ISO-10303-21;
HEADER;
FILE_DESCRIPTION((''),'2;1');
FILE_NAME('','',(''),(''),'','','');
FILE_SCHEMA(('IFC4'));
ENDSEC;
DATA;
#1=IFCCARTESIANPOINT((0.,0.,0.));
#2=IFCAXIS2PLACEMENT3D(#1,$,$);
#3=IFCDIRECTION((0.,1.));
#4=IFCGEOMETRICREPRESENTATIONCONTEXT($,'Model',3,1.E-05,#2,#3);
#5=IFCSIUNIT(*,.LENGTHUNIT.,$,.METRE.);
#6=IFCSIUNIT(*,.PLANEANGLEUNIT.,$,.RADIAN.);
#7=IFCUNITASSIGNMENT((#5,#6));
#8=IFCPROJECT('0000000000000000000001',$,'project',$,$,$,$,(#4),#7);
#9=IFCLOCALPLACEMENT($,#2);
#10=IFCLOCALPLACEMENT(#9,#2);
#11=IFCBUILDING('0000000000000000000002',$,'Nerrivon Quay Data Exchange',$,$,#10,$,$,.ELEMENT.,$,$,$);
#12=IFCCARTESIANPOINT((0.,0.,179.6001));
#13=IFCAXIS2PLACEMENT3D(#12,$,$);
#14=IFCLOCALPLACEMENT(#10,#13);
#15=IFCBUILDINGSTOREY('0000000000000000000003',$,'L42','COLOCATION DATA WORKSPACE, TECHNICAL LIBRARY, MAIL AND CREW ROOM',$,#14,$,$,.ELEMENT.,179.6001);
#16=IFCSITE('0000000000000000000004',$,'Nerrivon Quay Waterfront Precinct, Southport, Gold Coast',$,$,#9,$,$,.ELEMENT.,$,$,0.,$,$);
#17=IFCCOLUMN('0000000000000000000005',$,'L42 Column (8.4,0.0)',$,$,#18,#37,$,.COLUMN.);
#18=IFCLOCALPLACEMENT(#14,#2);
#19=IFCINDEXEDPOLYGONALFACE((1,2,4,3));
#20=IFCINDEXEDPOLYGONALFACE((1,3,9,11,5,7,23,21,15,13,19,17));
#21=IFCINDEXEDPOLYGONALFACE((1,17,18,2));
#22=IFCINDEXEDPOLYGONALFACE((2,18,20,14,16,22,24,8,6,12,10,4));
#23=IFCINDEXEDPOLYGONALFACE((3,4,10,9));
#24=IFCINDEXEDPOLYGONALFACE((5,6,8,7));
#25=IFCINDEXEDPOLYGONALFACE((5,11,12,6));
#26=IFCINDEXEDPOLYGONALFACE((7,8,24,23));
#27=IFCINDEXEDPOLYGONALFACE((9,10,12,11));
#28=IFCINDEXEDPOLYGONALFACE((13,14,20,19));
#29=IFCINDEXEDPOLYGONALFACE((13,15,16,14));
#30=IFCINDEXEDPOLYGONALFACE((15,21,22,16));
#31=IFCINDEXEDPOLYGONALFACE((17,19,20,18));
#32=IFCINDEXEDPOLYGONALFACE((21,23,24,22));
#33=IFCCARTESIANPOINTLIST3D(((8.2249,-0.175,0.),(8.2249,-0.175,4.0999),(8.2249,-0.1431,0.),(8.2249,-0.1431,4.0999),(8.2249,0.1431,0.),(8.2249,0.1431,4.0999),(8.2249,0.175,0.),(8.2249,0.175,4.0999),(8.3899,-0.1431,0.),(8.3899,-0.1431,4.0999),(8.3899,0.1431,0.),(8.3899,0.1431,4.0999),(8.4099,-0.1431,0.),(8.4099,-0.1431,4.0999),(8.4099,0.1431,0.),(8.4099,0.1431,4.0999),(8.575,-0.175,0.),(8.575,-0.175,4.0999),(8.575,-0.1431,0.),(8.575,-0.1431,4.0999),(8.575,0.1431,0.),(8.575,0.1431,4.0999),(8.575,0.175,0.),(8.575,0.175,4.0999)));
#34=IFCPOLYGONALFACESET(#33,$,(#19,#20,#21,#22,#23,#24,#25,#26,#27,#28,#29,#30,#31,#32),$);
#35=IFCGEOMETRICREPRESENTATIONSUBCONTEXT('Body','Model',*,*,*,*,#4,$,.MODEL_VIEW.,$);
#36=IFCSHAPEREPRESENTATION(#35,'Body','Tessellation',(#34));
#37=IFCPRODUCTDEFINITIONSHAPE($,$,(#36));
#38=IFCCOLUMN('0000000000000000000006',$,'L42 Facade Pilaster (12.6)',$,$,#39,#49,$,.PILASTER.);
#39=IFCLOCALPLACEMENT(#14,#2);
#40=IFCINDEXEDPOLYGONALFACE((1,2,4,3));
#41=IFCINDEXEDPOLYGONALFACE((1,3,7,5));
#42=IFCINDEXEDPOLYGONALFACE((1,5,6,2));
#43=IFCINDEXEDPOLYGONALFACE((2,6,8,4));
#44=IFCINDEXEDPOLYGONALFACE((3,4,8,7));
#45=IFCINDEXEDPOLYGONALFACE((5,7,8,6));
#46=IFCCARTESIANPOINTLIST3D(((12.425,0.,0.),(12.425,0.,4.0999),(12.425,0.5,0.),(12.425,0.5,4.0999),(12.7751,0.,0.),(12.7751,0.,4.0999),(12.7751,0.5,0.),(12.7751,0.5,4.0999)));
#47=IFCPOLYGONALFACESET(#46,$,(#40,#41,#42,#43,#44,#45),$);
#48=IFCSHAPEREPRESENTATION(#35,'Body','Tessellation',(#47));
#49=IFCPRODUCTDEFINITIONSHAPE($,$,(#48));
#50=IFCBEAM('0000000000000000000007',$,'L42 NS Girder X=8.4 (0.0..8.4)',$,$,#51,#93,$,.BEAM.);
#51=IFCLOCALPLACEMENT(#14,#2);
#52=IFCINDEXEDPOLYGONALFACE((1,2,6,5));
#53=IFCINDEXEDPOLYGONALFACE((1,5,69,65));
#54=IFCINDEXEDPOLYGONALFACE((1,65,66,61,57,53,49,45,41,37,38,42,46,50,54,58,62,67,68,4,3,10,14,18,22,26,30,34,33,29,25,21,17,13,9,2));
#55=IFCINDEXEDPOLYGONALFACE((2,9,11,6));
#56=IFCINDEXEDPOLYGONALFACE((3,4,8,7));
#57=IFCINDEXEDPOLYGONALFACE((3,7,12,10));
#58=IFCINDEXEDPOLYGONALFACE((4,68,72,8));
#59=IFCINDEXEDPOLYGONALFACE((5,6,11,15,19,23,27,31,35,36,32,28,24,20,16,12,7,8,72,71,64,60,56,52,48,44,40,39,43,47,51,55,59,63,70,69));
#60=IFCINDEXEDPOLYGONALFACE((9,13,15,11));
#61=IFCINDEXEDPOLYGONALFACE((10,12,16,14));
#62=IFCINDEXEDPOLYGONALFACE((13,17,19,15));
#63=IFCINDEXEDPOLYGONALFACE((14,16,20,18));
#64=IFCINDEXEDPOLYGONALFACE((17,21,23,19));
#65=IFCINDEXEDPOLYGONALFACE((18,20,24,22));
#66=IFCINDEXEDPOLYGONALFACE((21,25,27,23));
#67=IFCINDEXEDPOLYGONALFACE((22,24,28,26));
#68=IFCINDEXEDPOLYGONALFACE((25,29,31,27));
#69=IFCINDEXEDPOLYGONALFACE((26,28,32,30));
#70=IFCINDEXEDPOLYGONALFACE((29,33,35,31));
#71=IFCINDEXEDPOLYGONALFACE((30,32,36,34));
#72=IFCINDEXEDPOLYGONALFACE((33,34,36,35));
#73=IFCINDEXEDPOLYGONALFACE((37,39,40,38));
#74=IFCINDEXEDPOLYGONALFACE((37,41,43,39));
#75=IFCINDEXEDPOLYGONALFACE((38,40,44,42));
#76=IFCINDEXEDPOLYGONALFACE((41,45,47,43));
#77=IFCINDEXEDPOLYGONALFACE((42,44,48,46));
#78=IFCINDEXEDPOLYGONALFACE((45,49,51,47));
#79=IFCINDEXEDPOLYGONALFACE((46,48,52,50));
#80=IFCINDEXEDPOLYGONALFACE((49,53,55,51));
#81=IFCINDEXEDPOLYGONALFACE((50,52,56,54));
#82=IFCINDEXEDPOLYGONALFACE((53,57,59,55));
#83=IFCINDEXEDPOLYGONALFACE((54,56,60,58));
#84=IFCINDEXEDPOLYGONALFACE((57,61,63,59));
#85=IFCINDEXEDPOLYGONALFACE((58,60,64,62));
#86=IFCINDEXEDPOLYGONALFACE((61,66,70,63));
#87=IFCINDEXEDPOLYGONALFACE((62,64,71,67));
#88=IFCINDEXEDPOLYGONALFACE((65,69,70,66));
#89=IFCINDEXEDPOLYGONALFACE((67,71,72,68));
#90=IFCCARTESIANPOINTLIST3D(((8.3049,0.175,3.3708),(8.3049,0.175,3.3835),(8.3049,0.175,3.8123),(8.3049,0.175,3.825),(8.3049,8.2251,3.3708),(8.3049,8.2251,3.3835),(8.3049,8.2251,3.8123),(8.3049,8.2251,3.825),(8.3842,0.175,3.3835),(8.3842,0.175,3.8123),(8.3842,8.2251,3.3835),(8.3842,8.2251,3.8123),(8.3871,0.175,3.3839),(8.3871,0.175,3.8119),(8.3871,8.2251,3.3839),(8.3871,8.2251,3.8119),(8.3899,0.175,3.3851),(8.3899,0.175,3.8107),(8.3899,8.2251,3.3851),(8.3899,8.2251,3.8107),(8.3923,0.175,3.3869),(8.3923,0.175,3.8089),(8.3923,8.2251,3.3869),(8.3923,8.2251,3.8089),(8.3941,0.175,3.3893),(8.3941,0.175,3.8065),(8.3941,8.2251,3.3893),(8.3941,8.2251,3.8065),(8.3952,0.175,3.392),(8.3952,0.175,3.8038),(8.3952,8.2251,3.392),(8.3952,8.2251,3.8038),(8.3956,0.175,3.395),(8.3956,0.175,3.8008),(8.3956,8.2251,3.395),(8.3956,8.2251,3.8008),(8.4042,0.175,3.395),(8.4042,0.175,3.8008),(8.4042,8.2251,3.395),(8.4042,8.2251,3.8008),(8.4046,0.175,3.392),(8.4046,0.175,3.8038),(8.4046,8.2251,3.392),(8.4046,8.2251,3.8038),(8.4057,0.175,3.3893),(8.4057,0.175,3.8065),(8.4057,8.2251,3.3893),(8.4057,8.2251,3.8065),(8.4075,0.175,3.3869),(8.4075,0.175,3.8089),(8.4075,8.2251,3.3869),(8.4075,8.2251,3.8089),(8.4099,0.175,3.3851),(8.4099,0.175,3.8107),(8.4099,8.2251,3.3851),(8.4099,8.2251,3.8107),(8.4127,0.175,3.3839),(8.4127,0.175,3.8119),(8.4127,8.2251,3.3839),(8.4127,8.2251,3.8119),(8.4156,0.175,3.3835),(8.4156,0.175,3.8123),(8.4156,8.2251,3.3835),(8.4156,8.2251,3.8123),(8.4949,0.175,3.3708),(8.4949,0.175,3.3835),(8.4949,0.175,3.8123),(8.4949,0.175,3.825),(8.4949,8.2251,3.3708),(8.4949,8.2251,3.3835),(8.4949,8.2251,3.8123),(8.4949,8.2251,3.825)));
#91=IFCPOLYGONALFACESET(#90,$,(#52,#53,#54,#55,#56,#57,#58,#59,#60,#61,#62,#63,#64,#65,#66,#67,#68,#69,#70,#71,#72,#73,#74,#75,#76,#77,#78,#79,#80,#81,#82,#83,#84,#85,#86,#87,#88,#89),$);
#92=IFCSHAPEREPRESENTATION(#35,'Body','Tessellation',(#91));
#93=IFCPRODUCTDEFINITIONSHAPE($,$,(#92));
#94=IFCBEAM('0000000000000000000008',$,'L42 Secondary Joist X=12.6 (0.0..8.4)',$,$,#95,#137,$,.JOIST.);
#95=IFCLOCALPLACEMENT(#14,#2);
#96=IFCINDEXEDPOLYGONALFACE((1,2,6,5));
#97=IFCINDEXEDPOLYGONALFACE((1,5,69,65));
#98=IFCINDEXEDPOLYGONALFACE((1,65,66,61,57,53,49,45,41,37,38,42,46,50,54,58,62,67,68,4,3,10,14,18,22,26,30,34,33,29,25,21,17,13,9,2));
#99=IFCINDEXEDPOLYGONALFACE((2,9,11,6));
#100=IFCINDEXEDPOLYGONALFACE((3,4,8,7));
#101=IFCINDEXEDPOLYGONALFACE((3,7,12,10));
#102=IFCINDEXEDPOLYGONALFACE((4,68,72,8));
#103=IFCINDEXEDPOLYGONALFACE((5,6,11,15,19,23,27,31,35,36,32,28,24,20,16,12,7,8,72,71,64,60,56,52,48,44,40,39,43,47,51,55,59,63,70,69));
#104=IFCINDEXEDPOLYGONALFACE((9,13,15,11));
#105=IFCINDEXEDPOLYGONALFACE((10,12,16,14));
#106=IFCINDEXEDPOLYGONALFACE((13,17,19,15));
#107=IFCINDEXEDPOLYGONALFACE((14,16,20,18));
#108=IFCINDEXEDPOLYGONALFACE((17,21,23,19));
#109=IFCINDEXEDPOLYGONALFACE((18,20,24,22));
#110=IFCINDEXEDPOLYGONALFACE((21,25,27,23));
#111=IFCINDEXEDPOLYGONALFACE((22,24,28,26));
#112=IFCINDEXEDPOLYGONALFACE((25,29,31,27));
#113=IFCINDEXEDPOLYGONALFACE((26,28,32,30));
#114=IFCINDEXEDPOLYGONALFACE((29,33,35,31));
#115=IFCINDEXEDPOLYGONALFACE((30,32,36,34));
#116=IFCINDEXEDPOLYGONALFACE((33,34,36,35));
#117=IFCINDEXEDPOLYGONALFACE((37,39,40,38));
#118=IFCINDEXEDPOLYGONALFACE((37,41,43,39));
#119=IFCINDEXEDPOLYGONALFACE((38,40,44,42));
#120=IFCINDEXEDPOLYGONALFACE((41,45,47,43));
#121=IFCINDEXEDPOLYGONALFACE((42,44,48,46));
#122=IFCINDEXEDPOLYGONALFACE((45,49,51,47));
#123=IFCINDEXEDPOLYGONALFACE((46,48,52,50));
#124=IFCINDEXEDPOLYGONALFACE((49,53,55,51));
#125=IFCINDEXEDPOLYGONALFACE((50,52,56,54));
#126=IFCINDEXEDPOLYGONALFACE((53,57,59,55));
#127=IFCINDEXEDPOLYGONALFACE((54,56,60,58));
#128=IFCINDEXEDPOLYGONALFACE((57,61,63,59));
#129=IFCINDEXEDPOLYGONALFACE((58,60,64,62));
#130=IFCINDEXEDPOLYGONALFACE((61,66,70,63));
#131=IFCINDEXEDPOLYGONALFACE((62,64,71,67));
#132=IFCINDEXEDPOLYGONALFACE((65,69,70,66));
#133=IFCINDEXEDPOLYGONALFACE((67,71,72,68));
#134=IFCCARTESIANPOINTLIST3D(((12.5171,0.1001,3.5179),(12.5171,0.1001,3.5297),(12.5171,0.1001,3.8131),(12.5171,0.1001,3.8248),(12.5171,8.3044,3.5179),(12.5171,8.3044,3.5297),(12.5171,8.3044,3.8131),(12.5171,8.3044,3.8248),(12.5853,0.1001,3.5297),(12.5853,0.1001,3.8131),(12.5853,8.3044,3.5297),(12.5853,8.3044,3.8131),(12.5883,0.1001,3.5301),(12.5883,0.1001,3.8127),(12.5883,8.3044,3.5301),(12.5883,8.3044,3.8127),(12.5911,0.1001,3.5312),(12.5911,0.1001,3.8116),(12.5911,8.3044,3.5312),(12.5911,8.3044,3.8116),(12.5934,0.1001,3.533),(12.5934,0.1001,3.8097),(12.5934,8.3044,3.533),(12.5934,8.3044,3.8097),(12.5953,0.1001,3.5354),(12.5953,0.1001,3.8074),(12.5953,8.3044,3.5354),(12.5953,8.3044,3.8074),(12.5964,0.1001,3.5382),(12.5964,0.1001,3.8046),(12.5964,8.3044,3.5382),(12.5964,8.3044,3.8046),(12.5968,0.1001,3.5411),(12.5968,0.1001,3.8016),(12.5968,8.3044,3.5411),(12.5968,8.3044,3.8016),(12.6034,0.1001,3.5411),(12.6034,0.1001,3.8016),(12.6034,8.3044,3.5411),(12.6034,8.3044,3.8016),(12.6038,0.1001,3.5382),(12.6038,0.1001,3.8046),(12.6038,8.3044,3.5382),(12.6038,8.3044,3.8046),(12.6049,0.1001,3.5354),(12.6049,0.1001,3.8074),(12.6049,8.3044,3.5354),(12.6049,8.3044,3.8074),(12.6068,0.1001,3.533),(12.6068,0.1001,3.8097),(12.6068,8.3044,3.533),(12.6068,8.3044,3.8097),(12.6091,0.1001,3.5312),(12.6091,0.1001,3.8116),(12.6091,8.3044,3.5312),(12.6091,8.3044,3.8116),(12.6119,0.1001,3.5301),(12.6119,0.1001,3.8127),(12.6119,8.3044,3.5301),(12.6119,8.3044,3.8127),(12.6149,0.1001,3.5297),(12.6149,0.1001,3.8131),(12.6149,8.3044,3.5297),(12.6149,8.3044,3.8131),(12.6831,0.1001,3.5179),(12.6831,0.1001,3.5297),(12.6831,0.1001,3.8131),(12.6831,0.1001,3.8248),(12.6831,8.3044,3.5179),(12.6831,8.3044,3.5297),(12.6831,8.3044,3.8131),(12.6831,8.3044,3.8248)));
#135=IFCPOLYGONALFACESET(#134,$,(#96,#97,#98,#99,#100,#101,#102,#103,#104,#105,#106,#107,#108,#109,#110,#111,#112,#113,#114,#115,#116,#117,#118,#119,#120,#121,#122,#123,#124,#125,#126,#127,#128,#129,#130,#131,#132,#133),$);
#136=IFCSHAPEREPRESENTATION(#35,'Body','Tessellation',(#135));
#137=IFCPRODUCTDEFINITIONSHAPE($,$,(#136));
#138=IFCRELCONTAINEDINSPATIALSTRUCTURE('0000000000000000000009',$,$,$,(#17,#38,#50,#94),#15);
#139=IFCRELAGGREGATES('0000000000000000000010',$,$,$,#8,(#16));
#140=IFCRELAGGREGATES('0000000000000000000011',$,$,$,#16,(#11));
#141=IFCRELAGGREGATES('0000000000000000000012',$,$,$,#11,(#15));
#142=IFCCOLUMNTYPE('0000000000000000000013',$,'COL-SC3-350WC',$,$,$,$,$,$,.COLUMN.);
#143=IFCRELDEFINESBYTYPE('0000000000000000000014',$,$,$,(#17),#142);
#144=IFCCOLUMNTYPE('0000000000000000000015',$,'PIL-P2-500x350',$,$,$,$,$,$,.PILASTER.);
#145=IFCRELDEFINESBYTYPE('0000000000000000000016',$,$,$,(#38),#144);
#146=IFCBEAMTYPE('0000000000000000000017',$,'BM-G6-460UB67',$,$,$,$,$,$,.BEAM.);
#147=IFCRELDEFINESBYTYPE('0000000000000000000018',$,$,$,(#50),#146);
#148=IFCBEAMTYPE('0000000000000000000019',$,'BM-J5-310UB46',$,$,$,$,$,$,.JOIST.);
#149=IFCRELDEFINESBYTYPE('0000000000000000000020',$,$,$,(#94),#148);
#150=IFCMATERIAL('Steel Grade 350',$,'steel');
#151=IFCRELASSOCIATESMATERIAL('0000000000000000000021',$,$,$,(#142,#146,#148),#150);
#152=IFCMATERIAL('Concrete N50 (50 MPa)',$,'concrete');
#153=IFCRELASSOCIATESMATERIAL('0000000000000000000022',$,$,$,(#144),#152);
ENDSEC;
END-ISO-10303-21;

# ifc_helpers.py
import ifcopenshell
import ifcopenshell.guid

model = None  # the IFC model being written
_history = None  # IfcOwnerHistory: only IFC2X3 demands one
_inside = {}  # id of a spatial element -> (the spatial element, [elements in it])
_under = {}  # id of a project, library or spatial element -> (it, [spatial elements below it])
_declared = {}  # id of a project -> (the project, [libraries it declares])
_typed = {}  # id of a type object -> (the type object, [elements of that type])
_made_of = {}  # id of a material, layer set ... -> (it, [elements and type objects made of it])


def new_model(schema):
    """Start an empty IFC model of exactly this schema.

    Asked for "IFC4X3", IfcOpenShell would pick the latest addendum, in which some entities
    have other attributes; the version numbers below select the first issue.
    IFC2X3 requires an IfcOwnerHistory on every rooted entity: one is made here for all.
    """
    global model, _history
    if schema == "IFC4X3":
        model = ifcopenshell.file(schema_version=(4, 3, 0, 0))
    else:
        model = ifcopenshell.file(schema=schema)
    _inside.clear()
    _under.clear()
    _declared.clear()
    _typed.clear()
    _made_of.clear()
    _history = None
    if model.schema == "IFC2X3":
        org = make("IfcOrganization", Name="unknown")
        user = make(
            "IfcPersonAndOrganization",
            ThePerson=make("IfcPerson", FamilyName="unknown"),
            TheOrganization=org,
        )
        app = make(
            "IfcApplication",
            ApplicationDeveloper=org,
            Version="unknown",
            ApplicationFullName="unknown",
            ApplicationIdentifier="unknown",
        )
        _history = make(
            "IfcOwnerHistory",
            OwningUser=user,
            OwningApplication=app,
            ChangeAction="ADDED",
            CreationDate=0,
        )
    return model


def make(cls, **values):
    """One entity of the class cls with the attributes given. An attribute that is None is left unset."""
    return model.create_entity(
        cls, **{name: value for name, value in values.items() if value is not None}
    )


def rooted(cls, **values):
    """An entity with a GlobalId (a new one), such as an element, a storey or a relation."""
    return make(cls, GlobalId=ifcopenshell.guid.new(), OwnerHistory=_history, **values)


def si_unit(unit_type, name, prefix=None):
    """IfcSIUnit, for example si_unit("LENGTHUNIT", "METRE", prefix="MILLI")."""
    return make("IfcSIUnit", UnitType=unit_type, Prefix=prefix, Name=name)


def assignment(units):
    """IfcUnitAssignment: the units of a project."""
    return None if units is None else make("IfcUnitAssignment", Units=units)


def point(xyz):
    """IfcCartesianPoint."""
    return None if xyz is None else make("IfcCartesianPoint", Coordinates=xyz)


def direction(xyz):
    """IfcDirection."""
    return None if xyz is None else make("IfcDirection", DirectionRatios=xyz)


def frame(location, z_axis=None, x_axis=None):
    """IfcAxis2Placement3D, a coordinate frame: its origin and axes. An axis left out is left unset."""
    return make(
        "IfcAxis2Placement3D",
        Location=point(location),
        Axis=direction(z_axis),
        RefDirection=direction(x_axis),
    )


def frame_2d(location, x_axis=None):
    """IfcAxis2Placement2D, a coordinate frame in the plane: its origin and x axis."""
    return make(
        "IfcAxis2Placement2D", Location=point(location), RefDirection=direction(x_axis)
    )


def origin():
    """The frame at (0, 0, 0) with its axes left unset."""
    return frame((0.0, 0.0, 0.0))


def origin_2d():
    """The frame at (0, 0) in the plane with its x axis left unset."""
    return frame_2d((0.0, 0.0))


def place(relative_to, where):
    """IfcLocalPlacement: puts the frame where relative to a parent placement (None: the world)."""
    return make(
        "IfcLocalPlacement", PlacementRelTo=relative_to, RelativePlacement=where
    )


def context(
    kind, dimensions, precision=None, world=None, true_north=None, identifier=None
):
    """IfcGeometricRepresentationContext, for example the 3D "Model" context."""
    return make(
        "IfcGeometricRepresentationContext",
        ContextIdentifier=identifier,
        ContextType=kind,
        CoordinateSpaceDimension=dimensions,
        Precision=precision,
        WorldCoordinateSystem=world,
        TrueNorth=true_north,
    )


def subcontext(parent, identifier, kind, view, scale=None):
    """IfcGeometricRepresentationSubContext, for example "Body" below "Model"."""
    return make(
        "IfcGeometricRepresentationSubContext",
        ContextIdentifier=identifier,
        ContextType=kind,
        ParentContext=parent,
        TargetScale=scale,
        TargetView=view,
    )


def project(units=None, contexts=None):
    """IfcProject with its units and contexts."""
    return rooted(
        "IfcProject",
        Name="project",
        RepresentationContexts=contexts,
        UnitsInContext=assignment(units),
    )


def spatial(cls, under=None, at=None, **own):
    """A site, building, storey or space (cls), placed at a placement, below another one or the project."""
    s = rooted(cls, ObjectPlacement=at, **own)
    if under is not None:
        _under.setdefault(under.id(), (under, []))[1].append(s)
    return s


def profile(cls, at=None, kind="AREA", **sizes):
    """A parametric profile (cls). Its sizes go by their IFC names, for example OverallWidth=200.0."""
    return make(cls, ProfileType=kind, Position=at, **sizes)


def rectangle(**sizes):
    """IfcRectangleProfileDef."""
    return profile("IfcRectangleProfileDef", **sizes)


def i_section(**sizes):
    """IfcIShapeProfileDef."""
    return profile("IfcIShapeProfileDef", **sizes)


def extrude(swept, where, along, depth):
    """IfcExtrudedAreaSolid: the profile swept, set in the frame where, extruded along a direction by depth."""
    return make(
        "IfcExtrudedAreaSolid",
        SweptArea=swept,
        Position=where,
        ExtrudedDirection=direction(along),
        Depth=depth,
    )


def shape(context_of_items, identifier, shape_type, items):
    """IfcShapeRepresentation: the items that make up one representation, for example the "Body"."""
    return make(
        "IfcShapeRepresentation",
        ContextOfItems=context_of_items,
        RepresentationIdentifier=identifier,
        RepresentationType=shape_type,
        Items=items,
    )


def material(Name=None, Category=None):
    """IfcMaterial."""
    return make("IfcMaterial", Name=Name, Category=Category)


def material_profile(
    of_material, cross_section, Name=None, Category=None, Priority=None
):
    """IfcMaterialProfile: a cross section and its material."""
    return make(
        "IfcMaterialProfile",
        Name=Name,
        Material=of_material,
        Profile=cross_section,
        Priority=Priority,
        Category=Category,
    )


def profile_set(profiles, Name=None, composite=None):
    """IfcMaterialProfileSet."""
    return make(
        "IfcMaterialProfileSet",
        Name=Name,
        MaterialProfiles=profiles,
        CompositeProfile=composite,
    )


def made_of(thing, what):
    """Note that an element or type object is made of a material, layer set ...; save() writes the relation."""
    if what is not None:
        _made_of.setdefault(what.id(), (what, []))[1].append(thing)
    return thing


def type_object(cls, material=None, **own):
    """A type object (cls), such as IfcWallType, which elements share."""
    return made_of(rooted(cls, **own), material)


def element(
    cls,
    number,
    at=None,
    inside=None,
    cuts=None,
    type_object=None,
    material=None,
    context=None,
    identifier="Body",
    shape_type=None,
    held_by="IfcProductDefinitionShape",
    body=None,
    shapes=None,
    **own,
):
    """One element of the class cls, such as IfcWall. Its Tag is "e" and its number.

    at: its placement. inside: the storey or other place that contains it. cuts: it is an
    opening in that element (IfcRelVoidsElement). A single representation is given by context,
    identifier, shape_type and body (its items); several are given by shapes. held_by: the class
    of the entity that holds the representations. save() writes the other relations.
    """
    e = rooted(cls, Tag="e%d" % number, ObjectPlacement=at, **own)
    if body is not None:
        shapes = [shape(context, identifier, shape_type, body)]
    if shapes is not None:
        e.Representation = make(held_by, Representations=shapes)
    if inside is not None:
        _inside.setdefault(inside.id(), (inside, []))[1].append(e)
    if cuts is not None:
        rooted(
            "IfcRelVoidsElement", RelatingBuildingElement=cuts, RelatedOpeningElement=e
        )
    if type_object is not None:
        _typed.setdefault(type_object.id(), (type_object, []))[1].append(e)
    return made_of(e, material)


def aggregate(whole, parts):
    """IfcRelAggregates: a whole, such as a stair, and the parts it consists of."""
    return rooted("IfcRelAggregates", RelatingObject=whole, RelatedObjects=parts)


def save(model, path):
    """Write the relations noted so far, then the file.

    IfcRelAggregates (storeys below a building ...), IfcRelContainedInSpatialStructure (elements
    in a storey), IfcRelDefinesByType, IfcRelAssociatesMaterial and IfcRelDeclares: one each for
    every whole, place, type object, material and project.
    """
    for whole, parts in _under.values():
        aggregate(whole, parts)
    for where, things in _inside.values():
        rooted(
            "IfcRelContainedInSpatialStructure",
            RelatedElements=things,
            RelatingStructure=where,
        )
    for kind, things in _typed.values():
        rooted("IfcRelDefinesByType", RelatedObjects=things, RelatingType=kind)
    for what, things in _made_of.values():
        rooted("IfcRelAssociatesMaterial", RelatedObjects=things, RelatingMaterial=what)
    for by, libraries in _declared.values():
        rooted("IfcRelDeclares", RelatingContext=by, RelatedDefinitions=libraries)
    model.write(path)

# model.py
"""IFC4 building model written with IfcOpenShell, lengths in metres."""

from ifc_helpers import new_model, si_unit, direction, frame, origin, origin_2d, place, context, subcontext, project, spatial, rectangle, i_section, extrude, material, material_profile, profile_set, type_object, element, save


model = new_model("IFC4")

# Units and contexts
model_context = context("Model", 3, precision=1e-05, world=origin(), true_north=direction((0.0, 1.0)))
body_context = subcontext(model_context, "Body", "Model", "MODEL_VIEW")
ifc_project = project(units=[si_unit("LENGTHUNIT", "METRE"), si_unit("PLANEANGLEUNIT", "RADIAN")], contexts=[model_context])

# Site, building, storey
site_placement = place(None, origin())
site = spatial("IfcSite", under=ifc_project, at=site_placement, Name="Nerrivon Quay Waterfront Precinct, Southport, Gold Coast", CompositionType="ELEMENT", RefElevation=0.0)
building_placement = place(site_placement, origin())
building = spatial("IfcBuilding", under=site, at=building_placement, Name="Nerrivon Quay Data Exchange", CompositionType="ELEMENT")
storey_placement = place(building_placement, frame((0.0, 0.0, 179.6001)))
storey = spatial("IfcBuildingStorey", under=building, at=storey_placement, Name="L42", Description="COLOCATION DATA WORKSPACE, TECHNICAL LIBRARY, MAIL AND CREW ROOM", CompositionType="ELEMENT", Elevation=179.6001)

# Columns
ifc_material_1 = material(Name="Steel Grade 350", Category="steel")
ifc_material_profile_1 = material_profile(ifc_material_1, i_section(OverallWidth=0.3501, OverallDepth=0.3501, WebThickness=0.02, FlangeThickness=0.032, at=origin_2d()), Name="350WC230")
ifc_profile_set_1 = profile_set([ifc_material_profile_1], Name="Steel Grade 350")
column_type_1 = type_object("IfcColumnType", Name="COL-SC3-350WC", PredefinedType="COLUMN", material=ifc_profile_set_1)
column_1_placement = place(storey_placement, frame((8.3999, 0.0, 0.0), z_axis=(0.0, 0.0, 1.0), x_axis=(1.0, 0.0, 0.0)))
element("IfcColumn", 1, at=column_1_placement, inside=storey, type_object=column_type_1, Name="L42 Column (8.4,0.0)", PredefinedType="COLUMN", context=body_context, shape_type="SweptSolid", body=[
    extrude(i_section(OverallWidth=0.3501, OverallDepth=0.3501, WebThickness=0.02, FlangeThickness=0.032, at=origin_2d()), origin(), (0.0, 0.0, 1.0), 4.0999),
])
ifc_material_2 = material(Name="Concrete N50 (50 MPa)", Category="concrete")
ifc_material_profile_2 = material_profile(ifc_material_2, rectangle(XDim=0.3501, YDim=0.5, at=origin_2d()), Name="RC-PIL-500x350")
ifc_profile_set_2 = profile_set([ifc_material_profile_2], Name="Concrete N50 (50 MPa)")
column_type_2 = type_object("IfcColumnType", Name="PIL-P2-500x350", PredefinedType="PILASTER", material=ifc_profile_set_2)
column_2_placement = place(storey_placement, frame((12.6001, 0.25, 0.0), z_axis=(0.0, 0.0, 1.0), x_axis=(1.0, 0.0, 0.0)))
element("IfcColumn", 2, at=column_2_placement, inside=storey, type_object=column_type_2, Name="L42 Facade Pilaster (12.6)", PredefinedType="PILASTER", context=body_context, shape_type="SweptSolid", body=[
    extrude(rectangle(XDim=0.3501, YDim=0.5, at=origin_2d()), origin(), (0.0, 0.0, 1.0), 4.0999),
])

# Beams
ifc_material_profile_3 = material_profile(ifc_material_1, i_section(OverallWidth=0.1899, OverallDepth=0.4541, WebThickness=0.0085, FlangeThickness=0.0127, FilletRadius=0.0115, at=origin_2d()), Name="460UB67.1")
ifc_profile_set_3 = profile_set([ifc_material_profile_3], Name="Steel Grade 350")
beam_type_1 = type_object("IfcBeamType", Name="BM-G6-460UB67", PredefinedType="BEAM", material=ifc_profile_set_3)
beam_1_placement = place(storey_placement, frame((8.3999, 0.175, 3.5979), z_axis=(0.0, 1.0, 0.0), x_axis=(-1.0, 0.0, 0.0)))
element("IfcBeam", 3, at=beam_1_placement, inside=storey, type_object=beam_type_1, Name="L42 NS Girder X=8.4 (0.0..8.4)", PredefinedType="BEAM", context=body_context, shape_type="SweptSolid", body=[
    extrude(i_section(OverallWidth=0.1899, OverallDepth=0.4541, WebThickness=0.0085, FlangeThickness=0.0127, FilletRadius=0.0115, at=origin_2d()), origin(), (0.0, 0.0, 1.0), 8.05),
])
ifc_material_profile_4 = material_profile(ifc_material_1, i_section(OverallWidth=0.166, OverallDepth=0.3069, WebThickness=0.0066, FlangeThickness=0.0117, FilletRadius=0.0115, at=origin_2d()), Name="310UB46.2")
ifc_profile_set_4 = profile_set([ifc_material_profile_4], Name="Steel Grade 350")
beam_type_2 = type_object("IfcBeamType", Name="BM-J5-310UB46", PredefinedType="JOIST", material=ifc_profile_set_4)
beam_2_placement = place(storey_placement, frame((12.6001, 0.1001, 3.6714), z_axis=(0.0, 1.0, 0.0), x_axis=(-1.0, 0.0, 0.0)))
element("IfcBeam", 4, at=beam_2_placement, inside=storey, type_object=beam_type_2, Name="L42 Secondary Joist X=12.6 (0.0..8.4)", PredefinedType="JOIST", context=body_context, shape_type="SweptSolid", body=[
    extrude(i_section(OverallWidth=0.166, OverallDepth=0.3069, WebThickness=0.0066, FlangeThickness=0.0117, FilletRadius=0.0115, at=origin_2d()), origin(), (0.0, 0.0, 1.0), 8.2043),
])

save(model, "model.ifc")
